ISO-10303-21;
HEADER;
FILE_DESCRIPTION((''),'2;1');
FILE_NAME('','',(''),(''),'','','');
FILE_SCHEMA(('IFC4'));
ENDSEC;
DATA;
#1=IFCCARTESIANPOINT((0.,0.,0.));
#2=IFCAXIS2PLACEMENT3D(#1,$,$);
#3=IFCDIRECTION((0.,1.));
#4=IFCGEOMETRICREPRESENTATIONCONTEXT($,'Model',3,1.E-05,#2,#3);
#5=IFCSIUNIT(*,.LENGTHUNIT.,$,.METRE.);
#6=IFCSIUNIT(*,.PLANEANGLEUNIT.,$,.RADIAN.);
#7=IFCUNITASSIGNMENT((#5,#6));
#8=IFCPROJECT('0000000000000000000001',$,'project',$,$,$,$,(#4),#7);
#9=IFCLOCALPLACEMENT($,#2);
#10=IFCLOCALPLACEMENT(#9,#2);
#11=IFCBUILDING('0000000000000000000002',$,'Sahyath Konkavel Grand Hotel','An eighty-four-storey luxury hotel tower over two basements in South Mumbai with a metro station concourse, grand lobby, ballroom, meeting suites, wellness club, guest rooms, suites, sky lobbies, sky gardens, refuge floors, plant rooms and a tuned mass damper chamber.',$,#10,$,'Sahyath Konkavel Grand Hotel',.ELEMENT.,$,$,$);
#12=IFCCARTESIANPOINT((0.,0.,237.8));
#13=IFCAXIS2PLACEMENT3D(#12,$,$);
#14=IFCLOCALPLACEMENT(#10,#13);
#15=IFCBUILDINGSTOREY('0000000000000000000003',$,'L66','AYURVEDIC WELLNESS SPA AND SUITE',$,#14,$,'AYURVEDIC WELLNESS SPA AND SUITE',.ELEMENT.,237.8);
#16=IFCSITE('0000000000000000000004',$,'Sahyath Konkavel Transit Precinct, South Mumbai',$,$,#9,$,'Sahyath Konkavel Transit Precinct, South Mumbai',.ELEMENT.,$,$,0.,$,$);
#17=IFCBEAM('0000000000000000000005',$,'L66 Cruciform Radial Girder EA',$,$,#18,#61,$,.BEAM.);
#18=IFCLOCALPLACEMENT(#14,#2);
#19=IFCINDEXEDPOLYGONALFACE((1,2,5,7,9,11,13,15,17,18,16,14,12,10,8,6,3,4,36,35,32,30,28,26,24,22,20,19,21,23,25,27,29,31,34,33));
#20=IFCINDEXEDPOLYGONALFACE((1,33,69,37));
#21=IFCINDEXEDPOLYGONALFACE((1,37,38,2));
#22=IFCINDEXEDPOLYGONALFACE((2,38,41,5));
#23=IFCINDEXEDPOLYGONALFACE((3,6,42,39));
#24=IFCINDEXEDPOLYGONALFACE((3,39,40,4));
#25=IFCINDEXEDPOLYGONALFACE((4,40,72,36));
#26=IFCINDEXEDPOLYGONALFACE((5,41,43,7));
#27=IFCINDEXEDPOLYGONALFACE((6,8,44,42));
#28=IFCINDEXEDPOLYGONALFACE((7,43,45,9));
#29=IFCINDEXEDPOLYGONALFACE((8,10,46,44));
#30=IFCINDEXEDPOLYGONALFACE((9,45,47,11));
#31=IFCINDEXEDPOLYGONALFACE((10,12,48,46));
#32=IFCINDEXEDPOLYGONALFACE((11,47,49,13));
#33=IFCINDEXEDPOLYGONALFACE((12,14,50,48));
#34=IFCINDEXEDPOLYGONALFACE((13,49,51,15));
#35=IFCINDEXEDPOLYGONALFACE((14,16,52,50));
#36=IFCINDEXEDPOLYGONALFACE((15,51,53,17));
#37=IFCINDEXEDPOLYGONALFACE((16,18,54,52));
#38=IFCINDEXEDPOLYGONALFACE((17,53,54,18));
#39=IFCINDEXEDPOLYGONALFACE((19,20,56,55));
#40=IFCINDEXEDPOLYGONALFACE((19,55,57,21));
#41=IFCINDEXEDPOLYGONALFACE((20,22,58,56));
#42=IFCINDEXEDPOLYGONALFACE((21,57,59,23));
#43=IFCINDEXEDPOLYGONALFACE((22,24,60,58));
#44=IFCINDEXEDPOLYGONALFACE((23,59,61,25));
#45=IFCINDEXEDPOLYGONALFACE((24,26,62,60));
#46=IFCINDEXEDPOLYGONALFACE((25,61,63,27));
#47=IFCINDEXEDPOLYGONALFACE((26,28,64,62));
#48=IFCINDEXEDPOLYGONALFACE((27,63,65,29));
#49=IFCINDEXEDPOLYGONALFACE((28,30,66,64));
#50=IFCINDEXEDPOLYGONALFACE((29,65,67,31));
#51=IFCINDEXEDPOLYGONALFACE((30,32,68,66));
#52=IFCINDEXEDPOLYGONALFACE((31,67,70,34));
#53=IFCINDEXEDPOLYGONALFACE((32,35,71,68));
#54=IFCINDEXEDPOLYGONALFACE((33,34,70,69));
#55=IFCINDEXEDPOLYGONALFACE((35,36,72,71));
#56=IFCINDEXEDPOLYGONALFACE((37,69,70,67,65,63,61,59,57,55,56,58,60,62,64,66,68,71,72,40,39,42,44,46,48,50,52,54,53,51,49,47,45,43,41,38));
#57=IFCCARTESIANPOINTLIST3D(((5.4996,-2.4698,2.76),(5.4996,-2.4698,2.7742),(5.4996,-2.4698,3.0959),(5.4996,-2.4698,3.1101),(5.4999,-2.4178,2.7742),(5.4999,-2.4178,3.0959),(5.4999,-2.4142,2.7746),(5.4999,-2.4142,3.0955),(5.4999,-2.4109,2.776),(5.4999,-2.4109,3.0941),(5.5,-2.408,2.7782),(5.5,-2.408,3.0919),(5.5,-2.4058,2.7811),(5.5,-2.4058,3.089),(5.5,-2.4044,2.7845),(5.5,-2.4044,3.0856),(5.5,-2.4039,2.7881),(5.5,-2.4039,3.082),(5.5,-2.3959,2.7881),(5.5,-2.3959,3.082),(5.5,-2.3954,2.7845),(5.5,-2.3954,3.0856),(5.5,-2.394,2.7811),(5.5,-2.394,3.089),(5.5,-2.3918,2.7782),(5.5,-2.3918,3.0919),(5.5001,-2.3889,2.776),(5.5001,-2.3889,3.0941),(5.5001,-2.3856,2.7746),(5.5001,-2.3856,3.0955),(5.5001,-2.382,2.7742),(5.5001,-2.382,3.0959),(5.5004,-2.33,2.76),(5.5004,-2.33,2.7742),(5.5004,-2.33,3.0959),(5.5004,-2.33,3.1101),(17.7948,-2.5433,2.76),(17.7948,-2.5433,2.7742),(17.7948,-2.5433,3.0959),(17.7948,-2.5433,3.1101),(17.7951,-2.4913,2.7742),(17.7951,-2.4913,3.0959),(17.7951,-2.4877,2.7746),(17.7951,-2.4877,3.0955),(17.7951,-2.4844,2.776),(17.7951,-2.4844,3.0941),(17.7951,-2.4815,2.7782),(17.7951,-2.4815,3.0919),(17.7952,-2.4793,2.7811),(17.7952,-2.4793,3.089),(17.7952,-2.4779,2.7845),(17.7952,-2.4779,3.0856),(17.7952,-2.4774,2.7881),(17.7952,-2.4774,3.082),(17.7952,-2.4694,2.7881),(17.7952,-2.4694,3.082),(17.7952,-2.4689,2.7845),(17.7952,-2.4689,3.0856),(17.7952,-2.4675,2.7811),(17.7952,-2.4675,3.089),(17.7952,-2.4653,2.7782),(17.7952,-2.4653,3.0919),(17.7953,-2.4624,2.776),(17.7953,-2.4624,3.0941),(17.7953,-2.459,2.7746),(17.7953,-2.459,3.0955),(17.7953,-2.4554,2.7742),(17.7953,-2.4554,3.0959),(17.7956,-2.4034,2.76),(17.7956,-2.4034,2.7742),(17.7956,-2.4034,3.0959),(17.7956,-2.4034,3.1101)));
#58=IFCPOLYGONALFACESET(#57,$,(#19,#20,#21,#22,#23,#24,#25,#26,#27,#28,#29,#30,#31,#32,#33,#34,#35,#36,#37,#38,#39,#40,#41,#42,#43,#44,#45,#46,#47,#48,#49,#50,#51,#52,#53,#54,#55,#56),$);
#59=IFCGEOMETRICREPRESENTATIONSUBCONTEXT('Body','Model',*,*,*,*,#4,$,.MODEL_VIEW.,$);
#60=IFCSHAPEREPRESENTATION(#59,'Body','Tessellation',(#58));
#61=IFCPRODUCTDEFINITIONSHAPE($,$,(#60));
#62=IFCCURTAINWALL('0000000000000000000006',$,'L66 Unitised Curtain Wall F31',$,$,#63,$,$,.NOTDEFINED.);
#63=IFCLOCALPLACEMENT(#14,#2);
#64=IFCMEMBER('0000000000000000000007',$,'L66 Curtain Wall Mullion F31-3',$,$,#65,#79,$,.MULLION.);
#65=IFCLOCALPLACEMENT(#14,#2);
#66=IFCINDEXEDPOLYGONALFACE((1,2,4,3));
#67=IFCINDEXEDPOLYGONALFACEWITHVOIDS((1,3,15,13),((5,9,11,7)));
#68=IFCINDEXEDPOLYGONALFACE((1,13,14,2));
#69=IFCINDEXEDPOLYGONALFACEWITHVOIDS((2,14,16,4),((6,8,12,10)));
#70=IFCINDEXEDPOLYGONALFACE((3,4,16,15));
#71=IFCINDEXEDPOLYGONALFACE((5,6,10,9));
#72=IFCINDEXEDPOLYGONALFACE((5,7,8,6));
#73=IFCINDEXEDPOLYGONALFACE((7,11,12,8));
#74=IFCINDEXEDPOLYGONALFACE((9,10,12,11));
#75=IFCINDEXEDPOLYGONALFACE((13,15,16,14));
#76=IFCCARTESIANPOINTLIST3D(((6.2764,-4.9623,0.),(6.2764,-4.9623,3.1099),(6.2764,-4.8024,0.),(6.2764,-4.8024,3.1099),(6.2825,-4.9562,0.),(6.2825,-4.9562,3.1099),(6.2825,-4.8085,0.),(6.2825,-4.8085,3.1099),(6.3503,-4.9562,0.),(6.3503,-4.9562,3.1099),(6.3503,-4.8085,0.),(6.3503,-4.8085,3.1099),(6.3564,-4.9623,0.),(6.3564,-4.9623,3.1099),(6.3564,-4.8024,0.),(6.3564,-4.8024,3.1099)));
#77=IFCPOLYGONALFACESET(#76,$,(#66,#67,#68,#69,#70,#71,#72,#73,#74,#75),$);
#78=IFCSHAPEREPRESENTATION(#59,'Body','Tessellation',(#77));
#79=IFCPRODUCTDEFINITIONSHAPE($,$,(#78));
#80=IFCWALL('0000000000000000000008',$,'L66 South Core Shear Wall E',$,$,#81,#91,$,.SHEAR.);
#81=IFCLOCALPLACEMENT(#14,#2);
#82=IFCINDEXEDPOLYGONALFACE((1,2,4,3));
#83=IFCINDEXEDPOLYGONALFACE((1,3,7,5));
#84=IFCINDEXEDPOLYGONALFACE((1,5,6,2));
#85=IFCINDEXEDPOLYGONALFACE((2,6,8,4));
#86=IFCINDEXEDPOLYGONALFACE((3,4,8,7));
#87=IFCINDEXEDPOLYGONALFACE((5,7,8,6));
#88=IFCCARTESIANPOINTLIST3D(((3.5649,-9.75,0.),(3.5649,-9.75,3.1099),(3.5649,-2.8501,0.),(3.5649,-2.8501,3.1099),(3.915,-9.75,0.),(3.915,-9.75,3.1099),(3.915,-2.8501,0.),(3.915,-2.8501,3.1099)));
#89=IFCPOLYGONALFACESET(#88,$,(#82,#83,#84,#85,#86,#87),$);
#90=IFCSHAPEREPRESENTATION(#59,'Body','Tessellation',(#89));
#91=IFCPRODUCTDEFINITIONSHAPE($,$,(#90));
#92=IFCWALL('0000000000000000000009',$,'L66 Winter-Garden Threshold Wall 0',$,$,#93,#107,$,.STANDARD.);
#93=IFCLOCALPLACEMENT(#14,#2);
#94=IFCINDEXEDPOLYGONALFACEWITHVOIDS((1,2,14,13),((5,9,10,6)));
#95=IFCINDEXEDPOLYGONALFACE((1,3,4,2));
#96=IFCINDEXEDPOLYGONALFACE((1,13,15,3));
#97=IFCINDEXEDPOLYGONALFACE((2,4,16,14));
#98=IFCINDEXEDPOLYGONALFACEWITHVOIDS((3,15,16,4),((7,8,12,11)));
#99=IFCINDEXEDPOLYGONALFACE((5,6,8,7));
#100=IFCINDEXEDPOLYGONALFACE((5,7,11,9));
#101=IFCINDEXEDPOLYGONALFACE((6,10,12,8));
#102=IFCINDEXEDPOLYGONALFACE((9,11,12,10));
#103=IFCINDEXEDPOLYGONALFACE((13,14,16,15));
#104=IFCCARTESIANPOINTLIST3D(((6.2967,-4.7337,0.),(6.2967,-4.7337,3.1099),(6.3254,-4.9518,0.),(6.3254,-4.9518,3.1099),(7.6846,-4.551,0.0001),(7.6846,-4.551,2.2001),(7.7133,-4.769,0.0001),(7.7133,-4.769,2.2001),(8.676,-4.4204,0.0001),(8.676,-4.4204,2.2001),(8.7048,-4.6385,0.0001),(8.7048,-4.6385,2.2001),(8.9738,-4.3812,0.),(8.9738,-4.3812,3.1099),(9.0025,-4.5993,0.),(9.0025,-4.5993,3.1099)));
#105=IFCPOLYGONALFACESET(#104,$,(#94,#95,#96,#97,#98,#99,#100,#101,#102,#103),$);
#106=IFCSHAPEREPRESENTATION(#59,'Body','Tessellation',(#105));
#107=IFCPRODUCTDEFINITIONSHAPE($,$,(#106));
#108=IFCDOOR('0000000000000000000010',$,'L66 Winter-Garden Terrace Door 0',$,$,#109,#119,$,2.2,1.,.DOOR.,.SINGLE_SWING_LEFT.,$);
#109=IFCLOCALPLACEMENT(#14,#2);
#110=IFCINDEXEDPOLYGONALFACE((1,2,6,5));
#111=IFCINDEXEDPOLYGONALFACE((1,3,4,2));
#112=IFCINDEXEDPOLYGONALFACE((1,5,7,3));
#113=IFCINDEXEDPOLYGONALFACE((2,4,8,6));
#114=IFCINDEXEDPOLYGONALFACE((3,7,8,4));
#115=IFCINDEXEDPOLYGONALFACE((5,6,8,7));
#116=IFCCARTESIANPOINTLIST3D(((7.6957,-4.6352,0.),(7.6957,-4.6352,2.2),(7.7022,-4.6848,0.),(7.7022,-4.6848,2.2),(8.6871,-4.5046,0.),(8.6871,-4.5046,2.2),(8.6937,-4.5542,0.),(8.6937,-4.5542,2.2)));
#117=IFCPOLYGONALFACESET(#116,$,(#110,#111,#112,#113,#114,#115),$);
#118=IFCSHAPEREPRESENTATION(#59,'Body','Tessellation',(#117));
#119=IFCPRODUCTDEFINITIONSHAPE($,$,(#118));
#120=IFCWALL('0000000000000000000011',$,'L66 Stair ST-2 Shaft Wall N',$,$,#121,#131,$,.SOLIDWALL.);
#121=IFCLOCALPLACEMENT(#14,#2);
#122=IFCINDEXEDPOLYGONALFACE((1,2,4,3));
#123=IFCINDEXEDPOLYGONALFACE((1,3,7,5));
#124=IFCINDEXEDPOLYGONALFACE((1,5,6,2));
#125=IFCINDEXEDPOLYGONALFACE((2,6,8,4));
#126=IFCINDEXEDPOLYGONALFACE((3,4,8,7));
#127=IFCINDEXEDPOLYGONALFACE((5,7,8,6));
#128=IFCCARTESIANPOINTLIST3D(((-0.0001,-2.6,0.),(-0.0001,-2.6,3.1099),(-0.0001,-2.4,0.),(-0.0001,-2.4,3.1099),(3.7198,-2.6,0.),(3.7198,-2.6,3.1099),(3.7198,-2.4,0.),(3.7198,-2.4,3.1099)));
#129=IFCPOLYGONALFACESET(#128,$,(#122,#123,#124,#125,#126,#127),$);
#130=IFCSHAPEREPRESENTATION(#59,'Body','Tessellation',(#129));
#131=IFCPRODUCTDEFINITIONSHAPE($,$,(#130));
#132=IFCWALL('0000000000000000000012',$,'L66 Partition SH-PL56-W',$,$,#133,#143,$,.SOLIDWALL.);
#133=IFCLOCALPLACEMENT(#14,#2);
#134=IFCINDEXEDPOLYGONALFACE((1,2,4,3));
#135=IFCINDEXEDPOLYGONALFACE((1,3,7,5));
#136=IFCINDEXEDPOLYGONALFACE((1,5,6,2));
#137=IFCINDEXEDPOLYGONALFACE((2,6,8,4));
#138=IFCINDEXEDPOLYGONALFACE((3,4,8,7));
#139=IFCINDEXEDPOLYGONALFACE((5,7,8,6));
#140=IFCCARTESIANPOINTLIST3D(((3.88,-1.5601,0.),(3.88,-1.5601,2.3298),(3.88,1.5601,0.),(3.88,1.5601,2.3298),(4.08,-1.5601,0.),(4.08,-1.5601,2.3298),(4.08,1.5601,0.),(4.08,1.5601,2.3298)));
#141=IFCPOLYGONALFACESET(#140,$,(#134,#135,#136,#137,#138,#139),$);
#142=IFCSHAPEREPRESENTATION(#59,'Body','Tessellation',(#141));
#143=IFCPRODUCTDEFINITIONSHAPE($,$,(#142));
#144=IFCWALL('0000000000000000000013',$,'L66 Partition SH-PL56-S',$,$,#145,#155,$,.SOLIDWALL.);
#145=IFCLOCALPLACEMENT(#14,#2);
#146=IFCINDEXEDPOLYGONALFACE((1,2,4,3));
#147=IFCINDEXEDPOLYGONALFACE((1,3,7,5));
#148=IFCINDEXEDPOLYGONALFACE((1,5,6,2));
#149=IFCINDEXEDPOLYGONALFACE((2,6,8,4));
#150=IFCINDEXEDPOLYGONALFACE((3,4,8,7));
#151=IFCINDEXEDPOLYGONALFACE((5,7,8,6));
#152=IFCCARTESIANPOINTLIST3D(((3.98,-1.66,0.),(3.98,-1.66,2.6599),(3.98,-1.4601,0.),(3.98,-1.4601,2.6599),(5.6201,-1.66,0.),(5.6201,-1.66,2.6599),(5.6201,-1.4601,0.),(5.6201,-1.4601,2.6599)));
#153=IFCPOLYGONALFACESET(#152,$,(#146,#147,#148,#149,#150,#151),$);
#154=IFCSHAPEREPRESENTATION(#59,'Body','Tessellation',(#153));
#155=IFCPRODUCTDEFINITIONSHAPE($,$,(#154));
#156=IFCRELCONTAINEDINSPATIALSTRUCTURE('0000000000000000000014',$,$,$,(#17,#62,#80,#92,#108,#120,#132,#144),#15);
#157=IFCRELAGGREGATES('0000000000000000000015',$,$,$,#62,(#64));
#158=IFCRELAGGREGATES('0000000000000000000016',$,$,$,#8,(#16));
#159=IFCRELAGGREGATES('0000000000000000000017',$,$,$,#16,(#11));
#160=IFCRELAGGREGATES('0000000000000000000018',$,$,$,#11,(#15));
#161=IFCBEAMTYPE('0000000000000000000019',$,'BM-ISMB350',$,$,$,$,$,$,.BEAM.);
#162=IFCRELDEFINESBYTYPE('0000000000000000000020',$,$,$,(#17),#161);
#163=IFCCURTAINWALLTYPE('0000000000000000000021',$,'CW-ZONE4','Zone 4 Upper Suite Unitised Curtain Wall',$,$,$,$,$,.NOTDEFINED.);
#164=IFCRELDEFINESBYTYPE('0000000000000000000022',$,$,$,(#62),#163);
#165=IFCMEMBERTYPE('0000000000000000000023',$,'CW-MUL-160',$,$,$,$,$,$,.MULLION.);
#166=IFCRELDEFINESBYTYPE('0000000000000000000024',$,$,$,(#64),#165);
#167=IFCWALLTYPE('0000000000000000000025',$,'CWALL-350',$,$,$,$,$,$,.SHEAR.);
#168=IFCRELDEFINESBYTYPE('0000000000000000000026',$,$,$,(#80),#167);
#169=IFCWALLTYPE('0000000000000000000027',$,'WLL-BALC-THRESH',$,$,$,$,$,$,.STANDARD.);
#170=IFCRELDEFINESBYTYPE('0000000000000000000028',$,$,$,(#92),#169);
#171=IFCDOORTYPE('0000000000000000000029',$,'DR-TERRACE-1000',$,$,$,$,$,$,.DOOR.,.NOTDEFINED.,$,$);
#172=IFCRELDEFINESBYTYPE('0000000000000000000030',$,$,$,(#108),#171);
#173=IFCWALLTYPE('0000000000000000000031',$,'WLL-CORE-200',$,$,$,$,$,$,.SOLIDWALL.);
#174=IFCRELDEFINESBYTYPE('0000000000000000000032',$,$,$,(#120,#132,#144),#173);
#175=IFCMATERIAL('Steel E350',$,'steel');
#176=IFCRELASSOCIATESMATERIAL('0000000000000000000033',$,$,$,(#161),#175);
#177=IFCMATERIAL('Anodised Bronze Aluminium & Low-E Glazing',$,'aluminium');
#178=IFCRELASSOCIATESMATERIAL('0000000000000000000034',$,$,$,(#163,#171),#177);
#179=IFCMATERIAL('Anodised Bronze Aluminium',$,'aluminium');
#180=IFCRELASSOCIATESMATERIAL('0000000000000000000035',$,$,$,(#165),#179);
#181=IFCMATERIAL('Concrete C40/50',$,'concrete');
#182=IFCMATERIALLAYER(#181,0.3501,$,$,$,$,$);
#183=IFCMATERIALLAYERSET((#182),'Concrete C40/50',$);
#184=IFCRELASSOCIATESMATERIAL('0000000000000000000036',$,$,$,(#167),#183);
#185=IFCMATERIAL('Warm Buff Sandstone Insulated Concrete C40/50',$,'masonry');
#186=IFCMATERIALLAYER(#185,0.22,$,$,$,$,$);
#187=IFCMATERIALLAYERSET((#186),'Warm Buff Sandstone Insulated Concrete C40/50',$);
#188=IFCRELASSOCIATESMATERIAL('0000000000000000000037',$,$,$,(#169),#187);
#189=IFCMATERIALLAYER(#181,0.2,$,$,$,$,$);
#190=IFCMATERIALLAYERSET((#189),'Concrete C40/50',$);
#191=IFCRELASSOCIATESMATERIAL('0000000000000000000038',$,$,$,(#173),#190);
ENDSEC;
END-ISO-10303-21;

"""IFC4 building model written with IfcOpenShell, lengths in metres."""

from ifc_helpers import new_model, si_unit, direction, frame, frame_2d, origin, origin_2d, place, context, subcontext, project, spatial, rectangle, hollow_rectangle, i_section, extrude, source, transform, mapped, material, layer, layer_set, material_profile, profile_set, type_object, element, fill, aggregate, save


model = new_model("IFC4")

# Units and contexts
model_context = context("Model", 3, precision=1e-05, world=origin(), true_north=direction((0.0, 1.0)))
body_context = subcontext(model_context, "Body", "Model", "MODEL_VIEW")
ifc_project = project(units=[si_unit("LENGTHUNIT", "METRE"), si_unit("PLANEANGLEUNIT", "RADIAN")], contexts=[model_context])

# Site, building, storey
site_placement = place(None, origin())
site = spatial("IfcSite", under=ifc_project, at=site_placement, Name="Sahyath Konkavel Transit Precinct, South Mumbai", LongName="Sahyath Konkavel Transit Precinct, South Mumbai", CompositionType="ELEMENT", RefElevation=0.0)
building_placement = place(site_placement, origin())
building = spatial("IfcBuilding", under=site, at=building_placement, Name="Sahyath Konkavel Grand Hotel", Description="An eighty-four-storey luxury hotel tower over two basements in South Mumbai with a metro station concourse, grand lobby, ballroom, meeting suites, wellness club, guest rooms, suites, sky lobbies, sky gardens, refuge floors, plant rooms and a tuned mass damper chamber.", LongName="Sahyath Konkavel Grand Hotel", CompositionType="ELEMENT")
storey_placement = place(building_placement, frame((0.0, 0.0, 237.8)))
storey = spatial("IfcBuildingStorey", under=building, at=storey_placement, Name="L66", Description="AYURVEDIC WELLNESS SPA AND SUITE", LongName="AYURVEDIC WELLNESS SPA AND SUITE", CompositionType="ELEMENT", Elevation=237.8)

# Shared definitions
ifc_material_1 = material(Name="Concrete C40/50", Category="concrete")

# Beam
ifc_material_2 = material(Name="Steel E350", Category="steel")
ifc_material_profile_1 = material_profile(ifc_material_2, i_section(OverallWidth=0.1399, OverallDepth=0.3501, WebThickness=0.0081, FlangeThickness=0.0142, FilletRadius=0.0139, at=origin_2d()), Name="ISMB 350")
ifc_profile_set_1 = profile_set([ifc_material_profile_1], Name="Steel E350")
beam_type_1 = type_object("IfcBeamType", Name="BM-ISMB350", PredefinedType="BEAM", material=ifc_profile_set_1)
shared_shape_1 = source(origin(), body_context, "Body", "SweptSolid", [
    extrude(i_section(OverallWidth=0.1399, OverallDepth=0.3501, WebThickness=0.0081, FlangeThickness=0.0142, FilletRadius=0.0139, at=origin_2d()), origin(), (0.0, 0.0, 1.0), 12.2954),
])
beam_1_placement = place(storey_placement, frame((5.5, -2.3999, 2.9351), z_axis=(0.999982, -0.005977, 0.0), x_axis=(0.005977, 0.999982, 0.0)))
element("IfcBeam", 1, at=beam_1_placement, inside=storey, type_object=beam_type_1, Name="L66 Cruciform Radial Girder EA", PredefinedType="BEAM", context=body_context, shape_type="MappedRepresentation", body=[
    mapped(shared_shape_1, transform((0.0, 0.0, 0.0), scale=1.0)),
])

# Curtain wall, member
ifc_material_3 = material(Name="Anodised Bronze Aluminium & Low-E Glazing", Category="aluminium")
curtain_wall_type = type_object("IfcCurtainWallType", Name="CW-ZONE4", Description="Zone 4 Upper Suite Unitised Curtain Wall", PredefinedType="NOTDEFINED", material=ifc_material_3)
curtain_wall_placement = place(storey_placement, origin())
curtain_wall = element("IfcCurtainWall", 2, at=curtain_wall_placement, inside=storey, type_object=curtain_wall_type, Name="L66 Unitised Curtain Wall F31", PredefinedType="NOTDEFINED")
ifc_material_4 = material(Name="Anodised Bronze Aluminium", Category="aluminium")
ifc_material_profile_2 = material_profile(ifc_material_4, hollow_rectangle(XDim=0.0801, YDim=0.1599, WallThickness=0.0061, at=origin_2d()), Name="RHS 160x80x6")
ifc_profile_set_2 = profile_set([ifc_material_profile_2], Name="Anodised Bronze Aluminium")
member_type = type_object("IfcMemberType", Name="CW-MUL-160", PredefinedType="MULLION", material=ifc_profile_set_2)
shared_shape_2 = source(origin(), body_context, "Body", "SweptSolid", [
    extrude(hollow_rectangle(XDim=0.0801, YDim=0.1599, WallThickness=0.0061, at=origin_2d()), origin(), (0.0, 0.0, 1.0), 3.1099),
])
member_placement = place(storey_placement, frame((6.3164, -4.8823, 0.0), z_axis=(0.0, 0.0, 1.0), x_axis=(1.0, 0.0, 0.0)))
member = element("IfcMember", 3, at=member_placement, type_object=member_type, Name="L66 Curtain Wall Mullion F31-3", PredefinedType="MULLION", context=body_context, shape_type="MappedRepresentation", body=[
    mapped(shared_shape_2, transform((0.0, 0.0, 0.0), scale=1.0)),
])
aggregate(curtain_wall, [member])

# Wall
ifc_layer_1 = layer(ifc_material_1, 0.3501)
ifc_layer_set_1 = layer_set([ifc_layer_1], Name="Concrete C40/50")
wall_type_1 = type_object("IfcWallType", Name="CWALL-350", PredefinedType="SHEAR", material=ifc_layer_set_1)
wall_1_placement = place(storey_placement, frame((3.74, -9.75, 0.0), z_axis=(0.0, 0.0, 1.0), x_axis=(0.0, 1.0, 0.0)))
element("IfcWall", 4, at=wall_1_placement, inside=storey, type_object=wall_type_1, Name="L66 South Core Shear Wall E", PredefinedType="SHEAR", context=body_context, shape_type="SweptSolid", body=[
    extrude(rectangle(XDim=6.8999, YDim=0.3501, at=frame_2d((3.45, 0.0))), origin(), (0.0, 0.0, 1.0), 3.1099),
])

# Wall, opening, door
ifc_material_5 = material(Name="Warm Buff Sandstone Insulated Concrete C40/50", Category="masonry")
ifc_layer_2 = layer(ifc_material_5, 0.22)
ifc_layer_set_2 = layer_set([ifc_layer_2], Name="Warm Buff Sandstone Insulated Concrete C40/50")
wall_type_2 = type_object("IfcWallType", Name="WLL-BALC-THRESH", PredefinedType="STANDARD", material=ifc_layer_set_2)
wall_2_placement = place(storey_placement, frame((6.311, -4.8428, 0.0), z_axis=(0.0, 0.0, 1.0), x_axis=(0.99144, 0.130564, 0.0)))
wall_2 = element("IfcWall", 5, at=wall_2_placement, inside=storey, type_object=wall_type_2, Name="L66 Winter-Garden Threshold Wall 0", PredefinedType="STANDARD", context=body_context, shape_type="SweptSolid", body=[
    extrude(rectangle(XDim=2.7002, YDim=0.22, at=frame_2d((1.3501, 0.0))), origin(), (0.0, 0.0, 1.0), 3.1099),
])
opening_1_placement = place(wall_2_placement, frame((1.3999, 0.0, 0.0)))
opening_1 = element("IfcOpeningElement", 6, at=opening_1_placement, cuts=wall_2, PredefinedType="OPENING", context=body_context, shape_type="SweptSolid", body=[
    extrude(rectangle(XDim=1.0, YDim=2.2, at=frame_2d((0.5, 1.1001))), frame((0.0, 0.1201, 0.0), z_axis=(0.0, -1.0, 0.0), x_axis=(1.0, 0.0, 0.0)), (0.0, 0.0, 1.0), 0.24),
])
door_type_1 = type_object("IfcDoorType", Name="DR-TERRACE-1000", OperationType="NOTDEFINED", PredefinedType="DOOR", material=ifc_material_3)
shared_shape_3 = source(origin(), body_context, "Body", "SweptSolid", [
    extrude(rectangle(XDim=1.0, YDim=0.05, at=origin_2d()), origin(), (0.0, 0.0, 1.0), 2.2),
])
door_1_placement = place(opening_1_placement, frame((0.5, 0.0, 0.0)))
door_1 = element("IfcDoor", 7, at=door_1_placement, inside=storey, type_object=door_type_1, Name="L66 Winter-Garden Terrace Door 0", OperationType="SINGLE_SWING_LEFT", OverallHeight=2.2, OverallWidth=1.0, PredefinedType="DOOR", context=body_context, shape_type="MappedRepresentation", body=[
    mapped(shared_shape_3, transform((0.0, 0.0, 0.0), scale=1.0)),
])
fill(opening_1, door_1)

# Walls
ifc_layer_3 = layer(ifc_material_1, 0.2)
ifc_layer_set_3 = layer_set([ifc_layer_3], Name="Concrete C40/50")
wall_type_3 = type_object("IfcWallType", Name="WLL-CORE-200", PredefinedType="SOLIDWALL", material=ifc_layer_set_3)
wall_3_placement = place(storey_placement, frame((0.0, -2.5, 0.0), z_axis=(0.0, 0.0, 1.0), x_axis=(1.0, 0.0, 0.0)))
element("IfcWall", 8, at=wall_3_placement, inside=storey, type_object=wall_type_3, Name="L66 Stair ST-2 Shaft Wall N", PredefinedType="SOLIDWALL", context=body_context, shape_type="SweptSolid", body=[
    extrude(rectangle(XDim=3.72, YDim=0.2, at=frame_2d((1.8599, 0.0))), origin(), (0.0, 0.0, 1.0), 3.1099),
])
wall_4_placement = place(storey_placement, frame((3.98, -1.5601, 0.0), z_axis=(0.0, 0.0, 1.0), x_axis=(0.0, 1.0, 0.0)))
element("IfcWall", 9, at=wall_4_placement, inside=storey, type_object=wall_type_3, Name="L66 Partition SH-PL56-W", PredefinedType="SOLIDWALL", context=body_context, shape_type="SweptSolid", body=[
    extrude(rectangle(XDim=3.1201, YDim=0.2, at=frame_2d((1.5601, 0.0))), origin(), (0.0, 0.0, 1.0), 2.3298),
])
wall_5_placement = place(storey_placement, frame((3.98, -1.5601, 0.0), z_axis=(0.0, 0.0, 1.0), x_axis=(1.0, 0.0, 0.0)))
element("IfcWall", 10, at=wall_5_placement, inside=storey, type_object=wall_type_3, Name="L66 Partition SH-PL56-S", PredefinedType="SOLIDWALL", context=body_context, shape_type="SweptSolid", body=[
    extrude(rectangle(XDim=1.6401, YDim=0.2, at=frame_2d((0.8201, 0.0))), origin(), (0.0, 0.0, 1.0), 2.6599),
])

save(model, "model.ifc")
